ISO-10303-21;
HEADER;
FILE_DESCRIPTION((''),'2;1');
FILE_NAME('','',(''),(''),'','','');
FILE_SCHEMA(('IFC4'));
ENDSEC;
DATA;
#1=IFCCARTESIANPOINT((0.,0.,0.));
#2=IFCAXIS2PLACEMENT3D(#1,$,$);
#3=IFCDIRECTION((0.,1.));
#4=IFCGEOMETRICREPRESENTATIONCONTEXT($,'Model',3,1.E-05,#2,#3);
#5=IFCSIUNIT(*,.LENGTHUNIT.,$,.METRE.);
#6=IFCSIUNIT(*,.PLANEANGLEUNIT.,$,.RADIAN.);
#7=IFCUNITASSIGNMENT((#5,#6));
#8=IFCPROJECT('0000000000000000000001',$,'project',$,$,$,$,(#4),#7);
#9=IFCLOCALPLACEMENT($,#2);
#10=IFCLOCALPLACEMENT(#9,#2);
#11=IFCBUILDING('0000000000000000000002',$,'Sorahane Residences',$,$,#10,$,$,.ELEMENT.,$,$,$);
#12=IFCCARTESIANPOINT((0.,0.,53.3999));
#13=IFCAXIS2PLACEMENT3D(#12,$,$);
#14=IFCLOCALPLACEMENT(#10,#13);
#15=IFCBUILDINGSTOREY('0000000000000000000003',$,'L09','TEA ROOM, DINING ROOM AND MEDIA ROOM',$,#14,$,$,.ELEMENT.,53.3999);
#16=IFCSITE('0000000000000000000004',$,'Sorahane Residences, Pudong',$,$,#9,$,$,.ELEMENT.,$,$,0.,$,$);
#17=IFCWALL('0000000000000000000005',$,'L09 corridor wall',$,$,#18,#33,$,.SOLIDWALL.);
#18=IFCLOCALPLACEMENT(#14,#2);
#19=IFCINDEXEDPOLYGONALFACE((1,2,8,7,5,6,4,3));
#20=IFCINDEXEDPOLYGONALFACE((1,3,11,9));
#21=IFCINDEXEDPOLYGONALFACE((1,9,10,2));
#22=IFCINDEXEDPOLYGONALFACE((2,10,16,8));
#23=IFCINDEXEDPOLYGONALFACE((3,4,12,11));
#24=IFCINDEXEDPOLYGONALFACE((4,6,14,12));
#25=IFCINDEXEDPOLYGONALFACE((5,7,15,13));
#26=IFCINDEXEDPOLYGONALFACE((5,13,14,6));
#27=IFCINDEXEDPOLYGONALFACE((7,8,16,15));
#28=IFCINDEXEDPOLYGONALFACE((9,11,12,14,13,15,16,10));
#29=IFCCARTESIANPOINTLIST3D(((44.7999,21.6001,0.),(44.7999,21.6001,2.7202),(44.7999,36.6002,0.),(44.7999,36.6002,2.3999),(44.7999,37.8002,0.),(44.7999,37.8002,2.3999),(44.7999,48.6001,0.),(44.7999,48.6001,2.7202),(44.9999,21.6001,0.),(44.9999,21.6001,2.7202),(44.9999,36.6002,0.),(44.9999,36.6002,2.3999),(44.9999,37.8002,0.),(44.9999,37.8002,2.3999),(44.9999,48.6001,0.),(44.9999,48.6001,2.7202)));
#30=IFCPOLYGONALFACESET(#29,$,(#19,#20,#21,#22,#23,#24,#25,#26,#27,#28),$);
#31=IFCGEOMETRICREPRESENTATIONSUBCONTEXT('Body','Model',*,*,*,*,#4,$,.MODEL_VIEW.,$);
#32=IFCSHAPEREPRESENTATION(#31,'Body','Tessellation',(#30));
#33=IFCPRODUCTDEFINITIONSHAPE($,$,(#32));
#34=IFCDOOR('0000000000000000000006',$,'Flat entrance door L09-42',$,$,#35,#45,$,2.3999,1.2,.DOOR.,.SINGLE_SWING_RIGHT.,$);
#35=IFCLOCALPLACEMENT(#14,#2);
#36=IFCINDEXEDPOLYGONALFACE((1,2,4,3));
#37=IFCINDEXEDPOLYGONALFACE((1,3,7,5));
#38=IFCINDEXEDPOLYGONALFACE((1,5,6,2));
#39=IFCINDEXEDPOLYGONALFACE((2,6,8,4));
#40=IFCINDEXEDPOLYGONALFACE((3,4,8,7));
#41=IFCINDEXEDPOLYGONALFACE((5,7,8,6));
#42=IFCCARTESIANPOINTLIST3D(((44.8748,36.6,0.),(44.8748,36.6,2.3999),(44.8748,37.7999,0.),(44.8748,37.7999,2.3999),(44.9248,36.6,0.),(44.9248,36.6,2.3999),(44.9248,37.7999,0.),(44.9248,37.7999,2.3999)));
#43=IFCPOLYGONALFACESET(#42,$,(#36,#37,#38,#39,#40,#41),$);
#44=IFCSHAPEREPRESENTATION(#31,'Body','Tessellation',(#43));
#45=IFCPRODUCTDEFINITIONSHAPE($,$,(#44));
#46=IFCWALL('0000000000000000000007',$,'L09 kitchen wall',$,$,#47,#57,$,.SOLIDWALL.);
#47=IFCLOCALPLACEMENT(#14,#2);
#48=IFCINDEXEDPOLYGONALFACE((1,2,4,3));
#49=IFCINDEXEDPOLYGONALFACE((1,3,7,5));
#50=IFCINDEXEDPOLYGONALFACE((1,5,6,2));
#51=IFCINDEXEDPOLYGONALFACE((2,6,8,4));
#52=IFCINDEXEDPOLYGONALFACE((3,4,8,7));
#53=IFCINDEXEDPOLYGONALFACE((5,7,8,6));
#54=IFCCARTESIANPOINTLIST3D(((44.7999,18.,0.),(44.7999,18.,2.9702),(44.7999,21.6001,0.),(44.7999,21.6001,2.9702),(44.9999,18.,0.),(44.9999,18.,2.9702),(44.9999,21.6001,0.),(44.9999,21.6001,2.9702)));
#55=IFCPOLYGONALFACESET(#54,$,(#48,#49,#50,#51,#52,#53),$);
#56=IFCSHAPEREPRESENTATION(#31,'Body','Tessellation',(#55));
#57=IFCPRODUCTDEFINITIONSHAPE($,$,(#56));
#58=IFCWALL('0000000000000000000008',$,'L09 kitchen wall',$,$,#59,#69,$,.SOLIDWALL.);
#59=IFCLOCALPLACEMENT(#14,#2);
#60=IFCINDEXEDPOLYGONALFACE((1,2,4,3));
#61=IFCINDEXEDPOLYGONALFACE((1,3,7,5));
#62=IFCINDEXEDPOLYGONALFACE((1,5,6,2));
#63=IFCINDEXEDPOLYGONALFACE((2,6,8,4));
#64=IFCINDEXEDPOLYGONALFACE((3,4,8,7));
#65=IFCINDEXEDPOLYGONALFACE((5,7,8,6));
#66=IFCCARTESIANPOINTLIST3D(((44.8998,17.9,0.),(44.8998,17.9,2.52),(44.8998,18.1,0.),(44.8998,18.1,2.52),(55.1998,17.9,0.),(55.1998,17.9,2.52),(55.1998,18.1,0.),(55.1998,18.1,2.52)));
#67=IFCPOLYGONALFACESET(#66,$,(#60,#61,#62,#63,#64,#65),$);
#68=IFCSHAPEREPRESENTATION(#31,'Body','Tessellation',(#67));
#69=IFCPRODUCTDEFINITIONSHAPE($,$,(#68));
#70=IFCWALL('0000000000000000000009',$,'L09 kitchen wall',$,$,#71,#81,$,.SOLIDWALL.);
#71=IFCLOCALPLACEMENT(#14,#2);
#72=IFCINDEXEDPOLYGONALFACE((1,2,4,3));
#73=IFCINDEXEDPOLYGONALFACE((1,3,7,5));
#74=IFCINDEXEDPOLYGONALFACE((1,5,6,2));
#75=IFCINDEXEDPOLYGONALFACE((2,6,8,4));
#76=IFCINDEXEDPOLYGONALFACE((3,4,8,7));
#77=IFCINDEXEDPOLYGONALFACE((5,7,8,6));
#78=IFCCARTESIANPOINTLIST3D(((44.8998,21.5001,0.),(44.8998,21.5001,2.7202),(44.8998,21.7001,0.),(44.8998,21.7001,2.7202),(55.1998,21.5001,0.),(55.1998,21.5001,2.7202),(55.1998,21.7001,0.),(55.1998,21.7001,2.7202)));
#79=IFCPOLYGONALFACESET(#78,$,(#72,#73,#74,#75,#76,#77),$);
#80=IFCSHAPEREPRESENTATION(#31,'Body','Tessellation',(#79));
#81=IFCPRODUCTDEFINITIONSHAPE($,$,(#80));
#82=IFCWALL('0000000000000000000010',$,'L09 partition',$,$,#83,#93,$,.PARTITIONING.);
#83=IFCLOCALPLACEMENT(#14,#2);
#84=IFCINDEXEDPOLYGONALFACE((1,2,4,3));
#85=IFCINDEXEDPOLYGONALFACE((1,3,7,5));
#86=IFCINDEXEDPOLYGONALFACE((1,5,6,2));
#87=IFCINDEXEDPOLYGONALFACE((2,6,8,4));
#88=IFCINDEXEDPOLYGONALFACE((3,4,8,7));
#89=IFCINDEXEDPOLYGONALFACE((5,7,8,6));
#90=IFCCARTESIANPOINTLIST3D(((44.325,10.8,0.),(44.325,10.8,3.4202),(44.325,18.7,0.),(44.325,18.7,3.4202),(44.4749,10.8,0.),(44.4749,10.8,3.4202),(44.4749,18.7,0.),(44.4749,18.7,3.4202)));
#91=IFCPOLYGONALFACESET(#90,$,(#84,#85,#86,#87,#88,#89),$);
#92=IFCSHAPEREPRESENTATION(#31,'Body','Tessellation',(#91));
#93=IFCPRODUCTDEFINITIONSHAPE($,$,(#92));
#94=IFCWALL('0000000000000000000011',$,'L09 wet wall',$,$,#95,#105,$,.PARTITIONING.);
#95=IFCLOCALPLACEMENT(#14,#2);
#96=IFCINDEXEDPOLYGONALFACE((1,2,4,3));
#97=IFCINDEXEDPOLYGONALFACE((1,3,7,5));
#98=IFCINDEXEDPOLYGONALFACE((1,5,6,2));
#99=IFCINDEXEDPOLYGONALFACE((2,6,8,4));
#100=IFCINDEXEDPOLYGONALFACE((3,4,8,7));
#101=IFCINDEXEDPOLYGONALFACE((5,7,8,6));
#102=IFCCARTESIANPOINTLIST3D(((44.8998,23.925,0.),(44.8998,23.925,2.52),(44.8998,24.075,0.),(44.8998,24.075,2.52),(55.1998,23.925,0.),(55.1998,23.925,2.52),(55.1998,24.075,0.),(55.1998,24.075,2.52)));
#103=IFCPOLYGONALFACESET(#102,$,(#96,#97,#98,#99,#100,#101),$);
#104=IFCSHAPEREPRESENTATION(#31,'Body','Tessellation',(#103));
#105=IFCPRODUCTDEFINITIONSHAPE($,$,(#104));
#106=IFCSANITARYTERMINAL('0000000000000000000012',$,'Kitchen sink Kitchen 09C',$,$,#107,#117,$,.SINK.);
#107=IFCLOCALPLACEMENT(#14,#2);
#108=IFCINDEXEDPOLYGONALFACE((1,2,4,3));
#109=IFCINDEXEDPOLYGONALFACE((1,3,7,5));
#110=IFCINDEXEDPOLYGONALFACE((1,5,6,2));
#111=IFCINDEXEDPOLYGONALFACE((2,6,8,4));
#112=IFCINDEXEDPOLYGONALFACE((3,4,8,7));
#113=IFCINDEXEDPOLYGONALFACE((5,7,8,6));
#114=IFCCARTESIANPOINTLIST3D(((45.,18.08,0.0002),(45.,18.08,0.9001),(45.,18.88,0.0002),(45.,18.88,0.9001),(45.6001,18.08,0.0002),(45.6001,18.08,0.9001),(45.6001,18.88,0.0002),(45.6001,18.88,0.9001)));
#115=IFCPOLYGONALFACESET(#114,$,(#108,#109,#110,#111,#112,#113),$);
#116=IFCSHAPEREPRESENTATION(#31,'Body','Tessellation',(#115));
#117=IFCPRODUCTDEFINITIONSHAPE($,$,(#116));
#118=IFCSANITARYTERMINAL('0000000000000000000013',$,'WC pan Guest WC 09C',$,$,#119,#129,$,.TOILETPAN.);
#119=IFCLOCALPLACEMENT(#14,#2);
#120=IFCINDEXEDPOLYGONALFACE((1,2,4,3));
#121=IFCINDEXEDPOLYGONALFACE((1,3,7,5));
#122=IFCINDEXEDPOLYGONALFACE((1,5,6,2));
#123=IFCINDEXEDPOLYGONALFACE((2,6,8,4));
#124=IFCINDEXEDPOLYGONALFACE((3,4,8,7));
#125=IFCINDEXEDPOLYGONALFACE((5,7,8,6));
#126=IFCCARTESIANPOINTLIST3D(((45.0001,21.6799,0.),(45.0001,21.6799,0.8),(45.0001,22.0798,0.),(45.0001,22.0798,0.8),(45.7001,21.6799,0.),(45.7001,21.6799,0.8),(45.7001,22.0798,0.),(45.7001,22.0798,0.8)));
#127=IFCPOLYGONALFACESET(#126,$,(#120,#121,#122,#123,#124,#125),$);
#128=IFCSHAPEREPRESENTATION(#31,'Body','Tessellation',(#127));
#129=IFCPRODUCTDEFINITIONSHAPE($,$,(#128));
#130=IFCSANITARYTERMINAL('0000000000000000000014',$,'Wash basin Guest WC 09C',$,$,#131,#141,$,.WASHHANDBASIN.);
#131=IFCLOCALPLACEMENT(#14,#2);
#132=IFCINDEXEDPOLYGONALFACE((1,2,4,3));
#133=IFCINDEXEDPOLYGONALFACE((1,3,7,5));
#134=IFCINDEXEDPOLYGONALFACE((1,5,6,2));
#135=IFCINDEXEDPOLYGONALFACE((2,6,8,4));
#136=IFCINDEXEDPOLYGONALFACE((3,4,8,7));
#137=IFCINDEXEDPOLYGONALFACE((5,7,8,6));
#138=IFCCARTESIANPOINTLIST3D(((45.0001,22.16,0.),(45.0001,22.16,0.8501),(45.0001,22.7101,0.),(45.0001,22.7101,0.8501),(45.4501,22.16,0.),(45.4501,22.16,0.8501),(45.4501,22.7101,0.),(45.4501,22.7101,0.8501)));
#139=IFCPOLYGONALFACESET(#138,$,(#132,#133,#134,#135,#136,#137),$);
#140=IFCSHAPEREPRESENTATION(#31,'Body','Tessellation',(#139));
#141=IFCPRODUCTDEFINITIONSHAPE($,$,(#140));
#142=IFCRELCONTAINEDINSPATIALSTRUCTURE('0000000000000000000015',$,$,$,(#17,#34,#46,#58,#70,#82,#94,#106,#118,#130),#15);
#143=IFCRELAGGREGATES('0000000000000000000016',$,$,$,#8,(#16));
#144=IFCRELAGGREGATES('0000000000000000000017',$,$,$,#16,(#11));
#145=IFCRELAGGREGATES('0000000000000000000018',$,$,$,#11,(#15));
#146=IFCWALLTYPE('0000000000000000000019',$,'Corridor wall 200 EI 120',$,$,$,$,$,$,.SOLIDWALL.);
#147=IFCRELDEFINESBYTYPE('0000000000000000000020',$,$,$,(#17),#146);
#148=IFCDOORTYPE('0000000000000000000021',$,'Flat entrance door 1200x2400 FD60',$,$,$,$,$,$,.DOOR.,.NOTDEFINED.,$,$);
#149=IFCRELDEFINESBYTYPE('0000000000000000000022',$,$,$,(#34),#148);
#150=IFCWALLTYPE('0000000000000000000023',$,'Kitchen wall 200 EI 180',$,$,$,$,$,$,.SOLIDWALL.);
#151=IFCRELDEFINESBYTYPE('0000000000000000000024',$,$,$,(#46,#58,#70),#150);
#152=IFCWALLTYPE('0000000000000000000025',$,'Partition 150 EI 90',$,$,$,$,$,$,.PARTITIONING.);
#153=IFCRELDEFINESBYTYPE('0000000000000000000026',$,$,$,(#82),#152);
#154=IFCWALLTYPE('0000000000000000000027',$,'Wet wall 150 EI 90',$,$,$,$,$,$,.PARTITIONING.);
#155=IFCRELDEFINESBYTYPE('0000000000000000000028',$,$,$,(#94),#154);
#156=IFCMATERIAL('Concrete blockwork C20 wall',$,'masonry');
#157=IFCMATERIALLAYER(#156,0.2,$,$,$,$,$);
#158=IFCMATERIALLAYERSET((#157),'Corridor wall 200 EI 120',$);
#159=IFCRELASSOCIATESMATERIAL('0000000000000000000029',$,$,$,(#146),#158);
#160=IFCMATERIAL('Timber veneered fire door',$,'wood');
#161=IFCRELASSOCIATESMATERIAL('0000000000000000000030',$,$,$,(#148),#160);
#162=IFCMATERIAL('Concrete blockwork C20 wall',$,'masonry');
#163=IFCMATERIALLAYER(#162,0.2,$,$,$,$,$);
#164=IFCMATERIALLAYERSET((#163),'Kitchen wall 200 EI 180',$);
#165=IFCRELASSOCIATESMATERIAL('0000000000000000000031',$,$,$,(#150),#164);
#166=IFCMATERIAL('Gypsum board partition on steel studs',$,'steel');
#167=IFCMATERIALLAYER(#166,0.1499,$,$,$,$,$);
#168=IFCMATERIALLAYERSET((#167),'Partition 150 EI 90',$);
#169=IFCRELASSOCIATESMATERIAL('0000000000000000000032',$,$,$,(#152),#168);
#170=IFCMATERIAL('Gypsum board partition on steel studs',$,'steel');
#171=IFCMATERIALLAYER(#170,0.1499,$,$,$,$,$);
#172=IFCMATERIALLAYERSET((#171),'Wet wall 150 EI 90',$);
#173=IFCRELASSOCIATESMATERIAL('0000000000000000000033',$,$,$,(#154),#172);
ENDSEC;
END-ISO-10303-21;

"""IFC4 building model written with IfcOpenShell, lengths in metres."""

from ifc_helpers import new_model, si_unit, direction, frame, frame_2d, origin, origin_2d, place, context, subcontext, project, spatial, rectangle, extrude, material, layer, layer_set, type_object, element, fill, save


model = new_model("IFC4")

# Units and contexts
model_context = context("Model", 3, precision=1e-05, world=origin(), true_north=direction((0.0, 1.0)))
body_context = subcontext(model_context, "Body", "Model", "MODEL_VIEW")
ifc_project = project(units=[si_unit("LENGTHUNIT", "METRE"), si_unit("PLANEANGLEUNIT", "RADIAN")], contexts=[model_context])

# Site, building, storey
site_placement = place(None, origin())
site = spatial("IfcSite", under=ifc_project, at=site_placement, Name="Sorahane Residences, Pudong", CompositionType="ELEMENT", RefElevation=0.0)
building_placement = place(site_placement, origin())
building = spatial("IfcBuilding", under=site, at=building_placement, Name="Sorahane Residences", CompositionType="ELEMENT")
storey_placement = place(building_placement, frame((0.0, 0.0, 53.3999)))
storey = spatial("IfcBuildingStorey", under=building, at=storey_placement, Name="L09", Description="TEA ROOM, DINING ROOM AND MEDIA ROOM", CompositionType="ELEMENT", Elevation=53.3999)

# Wall, opening, door
ifc_material_1 = material(Name="Concrete blockwork C20 wall", Category="masonry")
ifc_layer_1 = layer(ifc_material_1, 0.2)
ifc_layer_set_1 = layer_set([ifc_layer_1], Name="Corridor wall 200 EI 120")
wall_type_1 = type_object("IfcWallType", Name="Corridor wall 200 EI 120", PredefinedType="SOLIDWALL", material=ifc_layer_set_1)
wall_1_placement = place(storey_placement, frame((44.8999, 21.6001, 0.0), z_axis=(0.0, 0.0, 1.0), x_axis=(0.0, 1.0, 0.0)))
wall_1 = element("IfcWall", 1, at=wall_1_placement, inside=storey, type_object=wall_type_1, Name="L09 corridor wall", PredefinedType="SOLIDWALL", context=body_context, shape_type="SweptSolid", body=[
    extrude(rectangle(XDim=27.0, YDim=0.2, at=frame_2d((13.5, 0.0))), origin(), (0.0, 0.0, 1.0), 2.7202),
])
opening_placement = place(wall_1_placement, frame((15.0, 0.0, 0.0)))
opening = element("IfcOpeningElement", 2, at=opening_placement, cuts=wall_1, PredefinedType="OPENING", context=body_context, shape_type="SweptSolid", body=[
    extrude(rectangle(XDim=1.2, YDim=2.3999, at=frame_2d((0.6001, 1.2))), frame((0.0, 0.1099, 0.0), z_axis=(0.0, -1.0, 0.0), x_axis=(1.0, 0.0, 0.0)), (0.0, 0.0, 1.0), 0.22),
])
ifc_material_2 = material(Name="Timber veneered fire door", Category="wood")
door_type = type_object("IfcDoorType", Name="Flat entrance door 1200x2400 FD60", OperationType="NOTDEFINED", PredefinedType="DOOR", material=ifc_material_2)
door_placement = place(opening_placement, frame((1.2, 0.0, 0.0), z_axis=(0.0, 0.0, 1.0), x_axis=(-1.0, 0.0, 0.0)))
door = element("IfcDoor", 3, at=door_placement, inside=storey, type_object=door_type, Name="Flat entrance door L09-42", OperationType="SINGLE_SWING_RIGHT", OverallHeight=2.3999, OverallWidth=1.2, PredefinedType="DOOR", context=body_context, shape_type="SweptSolid", body=[
    extrude(rectangle(XDim=1.2, YDim=2.3999, at=frame_2d((0.6001, 1.2))), frame((0.0, 0.0249, 0.0), z_axis=(0.0, -1.0, 0.0), x_axis=(1.0, 0.0, 0.0)), (0.0, 0.0, 1.0), 0.05),
])
fill(opening, door)

# Walls
ifc_material_3 = material(Name="Concrete blockwork C20 wall", Category="masonry")
ifc_layer_2 = layer(ifc_material_3, 0.2)
ifc_layer_set_2 = layer_set([ifc_layer_2], Name="Kitchen wall 200 EI 180")
wall_type_2 = type_object("IfcWallType", Name="Kitchen wall 200 EI 180", PredefinedType="SOLIDWALL", material=ifc_layer_set_2)
wall_2_placement = place(storey_placement, frame((44.8999, 18.0, 0.0), z_axis=(0.0, 0.0, 1.0), x_axis=(0.0, 1.0, 0.0)))
element("IfcWall", 4, at=wall_2_placement, inside=storey, type_object=wall_type_2, Name="L09 kitchen wall", PredefinedType="SOLIDWALL", context=body_context, shape_type="SweptSolid", body=[
    extrude(rectangle(XDim=3.6001, YDim=0.2, at=frame_2d((1.8, 0.0))), origin(), (0.0, 0.0, 1.0), 2.9702),
])
wall_3_placement = place(storey_placement, frame((44.8999, 18.0, 0.0), z_axis=(0.0, 0.0, 1.0), x_axis=(1.0, 0.0, 0.0)))
element("IfcWall", 5, at=wall_3_placement, inside=storey, type_object=wall_type_2, Name="L09 kitchen wall", PredefinedType="SOLIDWALL", context=body_context, shape_type="SweptSolid", body=[
    extrude(rectangle(XDim=10.3, YDim=0.2, at=frame_2d((5.1499, 0.0))), origin(), (0.0, 0.0, 1.0), 2.52),
])
wall_4_placement = place(storey_placement, frame((44.8999, 21.6001, 0.0), z_axis=(0.0, 0.0, 1.0), x_axis=(1.0, 0.0, 0.0)))
element("IfcWall", 6, at=wall_4_placement, inside=storey, type_object=wall_type_2, Name="L09 kitchen wall", PredefinedType="SOLIDWALL", context=body_context, shape_type="SweptSolid", body=[
    extrude(rectangle(XDim=10.3, YDim=0.2, at=frame_2d((5.1499, 0.0))), origin(), (0.0, 0.0, 1.0), 2.7202),
])
ifc_material_4 = material(Name="Gypsum board partition on steel studs", Category="steel")
ifc_layer_3 = layer(ifc_material_4, 0.1499)
ifc_layer_set_3 = layer_set([ifc_layer_3], Name="Partition 150 EI 90")
wall_type_3 = type_object("IfcWallType", Name="Partition 150 EI 90", PredefinedType="PARTITIONING", material=ifc_layer_set_3)
wall_5_placement = place(storey_placement, frame((44.3999, 10.8, 0.0), z_axis=(0.0, 0.0, 1.0), x_axis=(0.0, 1.0, 0.0)))
element("IfcWall", 7, at=wall_5_placement, inside=storey, type_object=wall_type_3, Name="L09 partition", PredefinedType="PARTITIONING", context=body_context, shape_type="SweptSolid", body=[
    extrude(rectangle(XDim=7.8999, YDim=0.1499, at=frame_2d((3.95, 0.0))), origin(), (0.0, 0.0, 1.0), 3.4202),
])
ifc_material_5 = material(Name="Gypsum board partition on steel studs", Category="steel")
ifc_layer_4 = layer(ifc_material_5, 0.1499)
ifc_layer_set_4 = layer_set([ifc_layer_4], Name="Wet wall 150 EI 90")
wall_type_4 = type_object("IfcWallType", Name="Wet wall 150 EI 90", PredefinedType="PARTITIONING", material=ifc_layer_set_4)
wall_6_placement = place(storey_placement, frame((44.8999, 24.0, 0.0), z_axis=(0.0, 0.0, 1.0), x_axis=(1.0, 0.0, 0.0)))
element("IfcWall", 8, at=wall_6_placement, inside=storey, type_object=wall_type_4, Name="L09 wet wall", PredefinedType="PARTITIONING", context=body_context, shape_type="SweptSolid", body=[
    extrude(rectangle(XDim=10.3, YDim=0.1499, at=frame_2d((5.1499, 0.0))), origin(), (0.0, 0.0, 1.0), 2.52),
])

# Sanitary terminals
sanitary_terminal_1_placement = place(storey_placement, frame((45.3, 18.48, 0.0002), z_axis=(0.0, 0.0, 1.0), x_axis=(0.0, 1.0, 0.0)))
element("IfcSanitaryTerminal", 9, at=sanitary_terminal_1_placement, inside=storey, Name="Kitchen sink Kitchen 09C", PredefinedType="SINK", context=body_context, shape_type="SweptSolid", body=[
    extrude(rectangle(XDim=0.8, YDim=0.6001, at=origin_2d()), origin(), (0.0, 0.0, 1.0), 0.8999),
])
sanitary_terminal_2_placement = place(storey_placement, frame((45.3501, 21.8799, 0.0), z_axis=(0.0, 0.0, 1.0), x_axis=(0.0, 1.0, 0.0)))
element("IfcSanitaryTerminal", 10, at=sanitary_terminal_2_placement, inside=storey, Name="WC pan Guest WC 09C", PredefinedType="TOILETPAN", context=body_context, shape_type="SweptSolid", body=[
    extrude(rectangle(XDim=0.3999, YDim=0.7, at=origin_2d()), origin(), (0.0, 0.0, 1.0), 0.8),
])
sanitary_terminal_3_placement = place(storey_placement, frame((45.2251, 22.4351, 0.0), z_axis=(0.0, 0.0, 1.0), x_axis=(0.0, 1.0, 0.0)))
element("IfcSanitaryTerminal", 11, at=sanitary_terminal_3_placement, inside=storey, Name="Wash basin Guest WC 09C", PredefinedType="WASHHANDBASIN", context=body_context, shape_type="SweptSolid", body=[
    extrude(rectangle(XDim=0.55, YDim=0.45, at=origin_2d()), origin(), (0.0, 0.0, 1.0), 0.8501),
])

save(model, "model.ifc")
